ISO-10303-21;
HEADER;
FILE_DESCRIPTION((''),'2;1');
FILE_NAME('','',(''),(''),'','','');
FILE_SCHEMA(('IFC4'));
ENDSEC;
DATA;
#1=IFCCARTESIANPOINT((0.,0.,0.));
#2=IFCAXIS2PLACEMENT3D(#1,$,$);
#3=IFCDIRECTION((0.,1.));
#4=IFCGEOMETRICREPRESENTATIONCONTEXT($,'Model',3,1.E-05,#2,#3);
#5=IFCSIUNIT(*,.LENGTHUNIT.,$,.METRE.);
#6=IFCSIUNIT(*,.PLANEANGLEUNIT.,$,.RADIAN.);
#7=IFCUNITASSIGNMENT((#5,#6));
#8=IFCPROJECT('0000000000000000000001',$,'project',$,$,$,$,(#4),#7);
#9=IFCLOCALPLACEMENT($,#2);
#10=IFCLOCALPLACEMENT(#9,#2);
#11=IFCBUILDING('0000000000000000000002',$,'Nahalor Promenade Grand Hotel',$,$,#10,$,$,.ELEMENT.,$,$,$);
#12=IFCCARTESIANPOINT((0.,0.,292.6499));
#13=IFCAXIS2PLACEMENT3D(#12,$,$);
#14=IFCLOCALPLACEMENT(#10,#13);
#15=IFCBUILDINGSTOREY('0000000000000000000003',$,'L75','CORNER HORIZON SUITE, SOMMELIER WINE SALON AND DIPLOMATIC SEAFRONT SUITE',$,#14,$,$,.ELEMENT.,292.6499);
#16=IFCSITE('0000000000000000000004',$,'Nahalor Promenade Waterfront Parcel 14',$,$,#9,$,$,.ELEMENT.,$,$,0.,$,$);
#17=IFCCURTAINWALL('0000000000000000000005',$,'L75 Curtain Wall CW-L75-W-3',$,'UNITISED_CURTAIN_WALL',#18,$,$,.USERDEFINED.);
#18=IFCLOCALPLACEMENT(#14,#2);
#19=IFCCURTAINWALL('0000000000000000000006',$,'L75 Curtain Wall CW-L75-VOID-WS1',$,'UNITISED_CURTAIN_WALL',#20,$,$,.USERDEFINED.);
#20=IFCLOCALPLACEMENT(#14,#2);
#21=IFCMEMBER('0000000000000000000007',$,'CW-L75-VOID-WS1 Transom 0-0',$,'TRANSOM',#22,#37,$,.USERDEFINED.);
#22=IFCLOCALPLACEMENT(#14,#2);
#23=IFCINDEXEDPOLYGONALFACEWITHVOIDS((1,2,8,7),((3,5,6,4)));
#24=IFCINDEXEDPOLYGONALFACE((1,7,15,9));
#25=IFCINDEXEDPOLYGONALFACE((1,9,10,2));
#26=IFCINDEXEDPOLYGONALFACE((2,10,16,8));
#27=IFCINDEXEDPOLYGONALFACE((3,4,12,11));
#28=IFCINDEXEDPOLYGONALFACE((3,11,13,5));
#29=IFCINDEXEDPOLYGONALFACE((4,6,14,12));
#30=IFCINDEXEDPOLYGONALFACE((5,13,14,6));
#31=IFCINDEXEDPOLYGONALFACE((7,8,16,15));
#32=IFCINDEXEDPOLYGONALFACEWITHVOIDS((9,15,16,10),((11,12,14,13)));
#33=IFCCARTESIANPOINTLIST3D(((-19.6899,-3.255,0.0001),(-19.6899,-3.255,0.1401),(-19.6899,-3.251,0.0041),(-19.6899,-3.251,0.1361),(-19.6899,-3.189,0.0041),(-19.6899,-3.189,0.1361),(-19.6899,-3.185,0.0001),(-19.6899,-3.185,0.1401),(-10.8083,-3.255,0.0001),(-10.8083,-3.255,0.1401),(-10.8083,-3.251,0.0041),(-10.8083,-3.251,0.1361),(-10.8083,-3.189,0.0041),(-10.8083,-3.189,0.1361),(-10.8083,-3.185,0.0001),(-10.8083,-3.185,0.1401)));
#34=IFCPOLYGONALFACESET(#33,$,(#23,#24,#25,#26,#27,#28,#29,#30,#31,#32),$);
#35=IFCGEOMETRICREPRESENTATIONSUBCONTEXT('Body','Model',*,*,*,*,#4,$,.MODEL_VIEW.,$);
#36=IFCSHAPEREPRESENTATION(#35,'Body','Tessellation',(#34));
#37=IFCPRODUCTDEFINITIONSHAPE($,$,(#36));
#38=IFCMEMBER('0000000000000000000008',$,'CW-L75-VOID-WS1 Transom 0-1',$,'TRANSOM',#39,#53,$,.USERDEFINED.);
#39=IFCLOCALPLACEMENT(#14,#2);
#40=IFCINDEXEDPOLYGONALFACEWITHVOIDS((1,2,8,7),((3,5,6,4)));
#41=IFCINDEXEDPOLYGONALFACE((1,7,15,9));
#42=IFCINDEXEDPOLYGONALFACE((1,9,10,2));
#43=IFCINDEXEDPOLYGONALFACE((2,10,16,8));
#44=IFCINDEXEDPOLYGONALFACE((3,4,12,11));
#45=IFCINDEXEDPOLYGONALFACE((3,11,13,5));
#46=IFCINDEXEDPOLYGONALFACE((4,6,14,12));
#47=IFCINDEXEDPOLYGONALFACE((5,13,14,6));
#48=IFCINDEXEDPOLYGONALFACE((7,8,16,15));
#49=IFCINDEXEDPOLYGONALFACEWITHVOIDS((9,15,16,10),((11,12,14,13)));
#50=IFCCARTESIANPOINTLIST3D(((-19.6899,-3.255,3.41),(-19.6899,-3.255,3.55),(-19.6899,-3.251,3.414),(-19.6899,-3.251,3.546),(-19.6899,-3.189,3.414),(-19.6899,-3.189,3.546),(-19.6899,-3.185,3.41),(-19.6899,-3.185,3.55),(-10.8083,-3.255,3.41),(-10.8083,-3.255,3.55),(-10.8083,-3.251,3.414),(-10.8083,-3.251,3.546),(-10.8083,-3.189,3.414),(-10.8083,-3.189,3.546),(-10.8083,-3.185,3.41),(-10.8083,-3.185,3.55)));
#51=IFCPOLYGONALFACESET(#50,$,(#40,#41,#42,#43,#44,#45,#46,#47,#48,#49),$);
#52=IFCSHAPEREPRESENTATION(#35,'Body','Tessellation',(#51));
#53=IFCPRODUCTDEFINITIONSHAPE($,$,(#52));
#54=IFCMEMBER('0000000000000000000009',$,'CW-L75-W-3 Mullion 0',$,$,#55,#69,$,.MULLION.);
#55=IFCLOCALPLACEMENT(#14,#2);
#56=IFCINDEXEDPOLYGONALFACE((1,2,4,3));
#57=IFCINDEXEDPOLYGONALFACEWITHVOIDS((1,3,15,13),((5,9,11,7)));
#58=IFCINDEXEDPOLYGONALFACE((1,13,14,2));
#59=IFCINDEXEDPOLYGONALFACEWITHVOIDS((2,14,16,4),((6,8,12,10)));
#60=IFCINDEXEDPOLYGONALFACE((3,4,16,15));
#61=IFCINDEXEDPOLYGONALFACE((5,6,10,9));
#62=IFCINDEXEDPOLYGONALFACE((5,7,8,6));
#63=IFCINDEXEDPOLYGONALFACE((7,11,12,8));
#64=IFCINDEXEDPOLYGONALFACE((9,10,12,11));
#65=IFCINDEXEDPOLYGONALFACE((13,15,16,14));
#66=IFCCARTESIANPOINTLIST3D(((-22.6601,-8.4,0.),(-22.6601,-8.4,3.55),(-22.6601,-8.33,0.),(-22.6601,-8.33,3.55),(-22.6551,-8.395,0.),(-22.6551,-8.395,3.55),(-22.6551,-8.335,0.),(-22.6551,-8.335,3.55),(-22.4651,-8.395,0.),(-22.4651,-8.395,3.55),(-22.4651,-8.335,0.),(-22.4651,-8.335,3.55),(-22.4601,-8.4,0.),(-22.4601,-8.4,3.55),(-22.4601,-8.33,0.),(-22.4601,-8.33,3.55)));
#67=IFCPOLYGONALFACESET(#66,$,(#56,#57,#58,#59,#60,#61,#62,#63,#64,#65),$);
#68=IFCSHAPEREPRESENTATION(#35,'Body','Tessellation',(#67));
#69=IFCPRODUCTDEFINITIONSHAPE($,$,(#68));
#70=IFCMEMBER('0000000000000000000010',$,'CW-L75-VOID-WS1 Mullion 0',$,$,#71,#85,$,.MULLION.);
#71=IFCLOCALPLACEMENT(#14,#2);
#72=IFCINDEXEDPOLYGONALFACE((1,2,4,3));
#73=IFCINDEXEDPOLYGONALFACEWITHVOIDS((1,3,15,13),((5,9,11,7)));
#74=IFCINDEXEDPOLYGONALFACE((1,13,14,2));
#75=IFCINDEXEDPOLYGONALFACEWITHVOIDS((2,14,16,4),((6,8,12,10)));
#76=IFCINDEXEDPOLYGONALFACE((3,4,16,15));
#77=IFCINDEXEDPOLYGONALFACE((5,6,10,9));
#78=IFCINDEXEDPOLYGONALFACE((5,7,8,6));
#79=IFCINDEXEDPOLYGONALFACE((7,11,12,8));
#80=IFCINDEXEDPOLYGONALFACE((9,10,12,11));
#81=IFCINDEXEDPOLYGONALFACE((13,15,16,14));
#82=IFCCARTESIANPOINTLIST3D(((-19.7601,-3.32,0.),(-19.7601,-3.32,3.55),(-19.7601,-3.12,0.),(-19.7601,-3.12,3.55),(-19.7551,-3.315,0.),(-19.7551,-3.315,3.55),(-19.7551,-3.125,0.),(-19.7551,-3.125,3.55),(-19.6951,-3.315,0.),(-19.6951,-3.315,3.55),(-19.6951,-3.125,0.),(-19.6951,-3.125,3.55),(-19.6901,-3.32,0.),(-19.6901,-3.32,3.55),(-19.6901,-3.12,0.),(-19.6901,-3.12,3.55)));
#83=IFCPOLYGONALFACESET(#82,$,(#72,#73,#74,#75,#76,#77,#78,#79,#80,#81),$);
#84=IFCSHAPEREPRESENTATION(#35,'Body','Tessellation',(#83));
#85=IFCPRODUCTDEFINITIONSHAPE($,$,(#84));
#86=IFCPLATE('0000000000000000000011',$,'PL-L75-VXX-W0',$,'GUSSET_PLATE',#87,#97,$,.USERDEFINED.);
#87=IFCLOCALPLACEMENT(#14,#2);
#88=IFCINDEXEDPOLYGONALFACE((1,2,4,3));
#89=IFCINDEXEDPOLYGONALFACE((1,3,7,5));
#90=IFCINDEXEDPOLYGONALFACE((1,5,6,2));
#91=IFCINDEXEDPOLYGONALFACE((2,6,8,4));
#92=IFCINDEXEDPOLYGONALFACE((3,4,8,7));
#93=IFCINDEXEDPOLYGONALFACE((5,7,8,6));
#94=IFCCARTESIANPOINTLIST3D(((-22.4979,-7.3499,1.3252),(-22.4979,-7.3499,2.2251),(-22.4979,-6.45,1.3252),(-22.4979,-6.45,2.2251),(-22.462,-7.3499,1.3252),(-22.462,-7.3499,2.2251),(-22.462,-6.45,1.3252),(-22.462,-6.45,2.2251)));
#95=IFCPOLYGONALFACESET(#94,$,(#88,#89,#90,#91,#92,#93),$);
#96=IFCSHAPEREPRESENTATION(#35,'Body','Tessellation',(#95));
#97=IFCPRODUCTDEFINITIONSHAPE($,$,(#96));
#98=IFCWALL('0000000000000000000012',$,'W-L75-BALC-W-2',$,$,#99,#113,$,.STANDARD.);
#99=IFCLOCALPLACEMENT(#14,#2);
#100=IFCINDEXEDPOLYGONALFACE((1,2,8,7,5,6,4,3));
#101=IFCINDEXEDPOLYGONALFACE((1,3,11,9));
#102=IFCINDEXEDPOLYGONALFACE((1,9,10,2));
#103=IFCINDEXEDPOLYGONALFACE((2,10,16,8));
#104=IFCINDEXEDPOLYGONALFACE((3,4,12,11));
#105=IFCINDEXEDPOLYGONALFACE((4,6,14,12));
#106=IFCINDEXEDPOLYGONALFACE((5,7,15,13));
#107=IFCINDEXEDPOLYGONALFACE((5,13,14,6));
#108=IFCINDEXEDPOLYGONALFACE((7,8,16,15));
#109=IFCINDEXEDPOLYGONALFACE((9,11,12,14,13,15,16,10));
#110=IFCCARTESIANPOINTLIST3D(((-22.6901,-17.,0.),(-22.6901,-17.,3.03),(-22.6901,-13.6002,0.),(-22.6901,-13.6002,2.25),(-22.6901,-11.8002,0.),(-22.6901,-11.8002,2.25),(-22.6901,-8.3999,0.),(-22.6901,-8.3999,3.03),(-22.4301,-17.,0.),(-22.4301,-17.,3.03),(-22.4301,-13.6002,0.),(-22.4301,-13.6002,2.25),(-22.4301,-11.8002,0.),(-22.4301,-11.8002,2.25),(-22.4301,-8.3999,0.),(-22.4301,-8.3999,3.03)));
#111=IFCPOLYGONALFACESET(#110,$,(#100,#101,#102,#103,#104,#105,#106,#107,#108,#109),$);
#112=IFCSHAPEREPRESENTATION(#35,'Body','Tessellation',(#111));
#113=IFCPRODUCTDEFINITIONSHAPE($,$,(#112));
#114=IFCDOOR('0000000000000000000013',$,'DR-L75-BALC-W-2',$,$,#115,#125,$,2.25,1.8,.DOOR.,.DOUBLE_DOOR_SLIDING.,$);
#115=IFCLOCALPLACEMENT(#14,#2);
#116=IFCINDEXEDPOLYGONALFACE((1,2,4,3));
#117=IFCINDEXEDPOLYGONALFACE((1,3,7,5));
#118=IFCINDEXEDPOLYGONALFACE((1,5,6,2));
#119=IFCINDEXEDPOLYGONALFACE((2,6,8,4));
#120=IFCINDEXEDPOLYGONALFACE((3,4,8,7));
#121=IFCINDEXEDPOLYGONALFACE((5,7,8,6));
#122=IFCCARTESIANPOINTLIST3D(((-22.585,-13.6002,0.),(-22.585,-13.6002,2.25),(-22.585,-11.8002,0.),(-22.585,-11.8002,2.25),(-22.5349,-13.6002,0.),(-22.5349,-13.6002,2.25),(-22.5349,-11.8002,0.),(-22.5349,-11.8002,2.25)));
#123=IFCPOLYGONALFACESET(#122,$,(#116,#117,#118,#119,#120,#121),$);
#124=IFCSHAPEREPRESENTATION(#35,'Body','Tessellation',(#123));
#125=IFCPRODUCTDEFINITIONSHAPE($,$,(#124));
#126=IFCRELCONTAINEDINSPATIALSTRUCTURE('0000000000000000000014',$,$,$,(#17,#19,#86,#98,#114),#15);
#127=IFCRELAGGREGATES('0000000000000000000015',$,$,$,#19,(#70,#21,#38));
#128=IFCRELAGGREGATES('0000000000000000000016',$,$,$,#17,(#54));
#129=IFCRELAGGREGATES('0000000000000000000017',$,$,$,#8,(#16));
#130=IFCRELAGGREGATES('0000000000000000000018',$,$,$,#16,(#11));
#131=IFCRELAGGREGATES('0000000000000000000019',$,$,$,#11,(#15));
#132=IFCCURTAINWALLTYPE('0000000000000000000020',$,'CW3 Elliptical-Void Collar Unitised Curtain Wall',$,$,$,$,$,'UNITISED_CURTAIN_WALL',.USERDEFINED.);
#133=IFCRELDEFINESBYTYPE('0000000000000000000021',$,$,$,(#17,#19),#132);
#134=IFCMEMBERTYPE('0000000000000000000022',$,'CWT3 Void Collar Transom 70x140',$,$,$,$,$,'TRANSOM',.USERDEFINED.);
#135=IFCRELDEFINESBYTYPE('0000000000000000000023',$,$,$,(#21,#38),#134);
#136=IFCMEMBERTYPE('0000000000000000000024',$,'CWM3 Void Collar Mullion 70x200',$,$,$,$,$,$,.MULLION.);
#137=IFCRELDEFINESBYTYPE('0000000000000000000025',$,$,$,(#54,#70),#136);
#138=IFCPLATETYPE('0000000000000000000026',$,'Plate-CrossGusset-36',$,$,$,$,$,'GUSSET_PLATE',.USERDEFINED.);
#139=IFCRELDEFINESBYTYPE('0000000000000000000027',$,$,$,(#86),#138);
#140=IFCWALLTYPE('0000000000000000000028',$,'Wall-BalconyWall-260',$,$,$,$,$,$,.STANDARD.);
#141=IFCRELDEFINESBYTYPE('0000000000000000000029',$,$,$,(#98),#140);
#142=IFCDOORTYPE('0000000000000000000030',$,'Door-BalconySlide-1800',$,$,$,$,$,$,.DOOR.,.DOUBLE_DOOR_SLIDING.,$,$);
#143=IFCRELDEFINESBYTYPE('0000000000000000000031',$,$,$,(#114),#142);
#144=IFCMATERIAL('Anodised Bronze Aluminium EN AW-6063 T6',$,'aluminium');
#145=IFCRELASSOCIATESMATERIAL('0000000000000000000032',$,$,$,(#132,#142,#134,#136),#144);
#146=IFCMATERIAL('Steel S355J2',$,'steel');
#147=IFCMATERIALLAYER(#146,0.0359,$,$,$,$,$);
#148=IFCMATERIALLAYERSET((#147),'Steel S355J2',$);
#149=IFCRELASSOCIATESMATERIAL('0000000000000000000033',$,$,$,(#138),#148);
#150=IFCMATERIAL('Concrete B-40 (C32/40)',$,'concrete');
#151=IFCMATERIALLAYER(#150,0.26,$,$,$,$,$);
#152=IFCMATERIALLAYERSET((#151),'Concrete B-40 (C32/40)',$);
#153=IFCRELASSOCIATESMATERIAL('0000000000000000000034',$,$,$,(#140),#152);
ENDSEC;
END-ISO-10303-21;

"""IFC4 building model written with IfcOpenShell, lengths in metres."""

from ifc_helpers import new_model, si_unit, direction, frame, frame_2d, origin, origin_2d, place, context, subcontext, project, spatial, rectangle, hollow_rectangle, extrude, source, transform, mapped, material, layer, layer_set, material_profile, profile_set, type_object, element, fill, aggregate, save


model = new_model("IFC4")

# Units and contexts
model_context = context("Model", 3, precision=1e-05, world=origin(), true_north=direction((0.0, 1.0)))
body_context = subcontext(model_context, "Body", "Model", "MODEL_VIEW")
ifc_project = project(units=[si_unit("LENGTHUNIT", "METRE"), si_unit("PLANEANGLEUNIT", "RADIAN")], contexts=[model_context])

# Site, building, storey
site_placement = place(None, origin())
site = spatial("IfcSite", under=ifc_project, at=site_placement, Name="Nahalor Promenade Waterfront Parcel 14", CompositionType="ELEMENT", RefElevation=0.0)
building_placement = place(site_placement, origin())
building = spatial("IfcBuilding", under=site, at=building_placement, Name="Nahalor Promenade Grand Hotel", CompositionType="ELEMENT")
storey_placement = place(building_placement, frame((0.0, 0.0, 292.6499)))
storey = spatial("IfcBuildingStorey", under=building, at=storey_placement, Name="L75", Description="CORNER HORIZON SUITE, SOMMELIER WINE SALON AND DIPLOMATIC SEAFRONT SUITE", CompositionType="ELEMENT", Elevation=292.6499)

# Curtain walls, members
ifc_material_1 = material(Name="Anodised Bronze Aluminium EN AW-6063 T6", Category="aluminium")
curtain_wall_type = type_object("IfcCurtainWallType", Name="CW3 Elliptical-Void Collar Unitised Curtain Wall", ElementType="UNITISED_CURTAIN_WALL", PredefinedType="USERDEFINED", material=ifc_material_1)
curtain_wall_1_placement = place(storey_placement, origin())
curtain_wall_1 = element("IfcCurtainWall", 1, at=curtain_wall_1_placement, inside=storey, type_object=curtain_wall_type, Name="L75 Curtain Wall CW-L75-W-3", ObjectType="UNITISED_CURTAIN_WALL", PredefinedType="USERDEFINED")
ifc_material_profile_1 = material_profile(ifc_material_1, hollow_rectangle(XDim=0.07, YDim=0.14, WallThickness=0.004, at=origin_2d()), Name="CWT 70x140x4")
ifc_profile_set_1 = profile_set([ifc_material_profile_1], Name="Anodised Bronze Aluminium EN AW-6063 T6")
member_type_1 = type_object("IfcMemberType", Name="CWT3 Void Collar Transom 70x140", ElementType="TRANSOM", PredefinedType="USERDEFINED", material=ifc_profile_set_1)
curtain_wall_2_placement = place(storey_placement, origin())
curtain_wall_2 = element("IfcCurtainWall", 2, at=curtain_wall_2_placement, inside=storey, type_object=curtain_wall_type, Name="L75 Curtain Wall CW-L75-VOID-WS1", ObjectType="UNITISED_CURTAIN_WALL", PredefinedType="USERDEFINED")
shared_shape_1 = source(origin(), body_context, "Body", "SweptSolid", [
    extrude(hollow_rectangle(XDim=0.07, YDim=0.14, WallThickness=0.004, at=origin_2d()), origin(), (0.0, 0.0, 1.0), 8.8816),
])
member_1_placement = place(storey_placement, frame((-19.6899, -3.22, 0.0701), z_axis=(1.0, 0.0, 0.0), x_axis=(0.0, 1.0, 0.0)))
member_1 = element("IfcMember", 3, at=member_1_placement, type_object=member_type_1, Name="CW-L75-VOID-WS1 Transom 0-0", ObjectType="TRANSOM", PredefinedType="USERDEFINED", context=body_context, shape_type="MappedRepresentation", body=[
    mapped(shared_shape_1, transform((0.0, 0.0, 0.0), scale=1.0)),
])
member_2_placement = place(storey_placement, frame((-19.6899, -3.22, 3.48), z_axis=(1.0, 0.0, 0.0), x_axis=(0.0, 1.0, 0.0)))
member_2 = element("IfcMember", 4, at=member_2_placement, type_object=member_type_1, Name="CW-L75-VOID-WS1 Transom 0-1", ObjectType="TRANSOM", PredefinedType="USERDEFINED", context=body_context, shape_type="MappedRepresentation", body=[
    mapped(shared_shape_1, transform((0.0, 0.0, 0.0), scale=1.0)),
])

# Members
ifc_material_profile_2 = material_profile(ifc_material_1, hollow_rectangle(XDim=0.07, YDim=0.2, WallThickness=0.005, at=origin_2d()), Name="CWM 70x200x5")
ifc_profile_set_2 = profile_set([ifc_material_profile_2], Name="Anodised Bronze Aluminium EN AW-6063 T6")
member_type_2 = type_object("IfcMemberType", Name="CWM3 Void Collar Mullion 70x200", PredefinedType="MULLION", material=ifc_profile_set_2)
shared_shape_2 = source(origin(), body_context, "Body", "SweptSolid", [
    extrude(hollow_rectangle(XDim=0.07, YDim=0.2, WallThickness=0.005, at=origin_2d()), origin(), (0.0, 0.0, 1.0), 3.55),
])
member_3_placement = place(storey_placement, frame((-22.5601, -8.365, 0.0), z_axis=(0.0, 0.0, 1.0), x_axis=(0.0, 1.0, 0.0)))
member_3 = element("IfcMember", 5, at=member_3_placement, type_object=member_type_2, Name="CW-L75-W-3 Mullion 0", PredefinedType="MULLION", context=body_context, shape_type="MappedRepresentation", body=[
    mapped(shared_shape_2, transform((0.0, 0.0, 0.0), scale=1.0)),
])
member_4_placement = place(storey_placement, frame((-19.7251, -3.22, 0.0), z_axis=(0.0, 0.0, 1.0), x_axis=(1.0, 0.0, 0.0)))
member_4 = element("IfcMember", 6, at=member_4_placement, type_object=member_type_2, Name="CW-L75-VOID-WS1 Mullion 0", PredefinedType="MULLION", context=body_context, shape_type="MappedRepresentation", body=[
    mapped(shared_shape_2, transform((0.0, 0.0, 0.0), scale=1.0)),
])
aggregate(curtain_wall_2, [member_4, member_1, member_2])

# Plate
aggregate(curtain_wall_1, [member_3])
ifc_material_2 = material(Name="Steel S355J2", Category="steel")
ifc_layer_1 = layer(ifc_material_2, 0.0359)
ifc_layer_set_1 = layer_set([ifc_layer_1], Name="Steel S355J2")
plate_type_1 = type_object("IfcPlateType", Name="Plate-CrossGusset-36", ElementType="GUSSET_PLATE", PredefinedType="USERDEFINED", material=ifc_layer_set_1)
shared_shape_3 = source(origin(), body_context, "Body", "SweptSolid", [
    extrude(rectangle(XDim=0.8999, YDim=0.0359, at=origin_2d()), origin(), (0.0, 0.0, 1.0), 0.8999),
])
plate_1_placement = place(storey_placement, frame((-22.48, -6.8999, 1.3252), z_axis=(0.0, 0.0, 1.0), x_axis=(0.0, 1.0, 0.0)))
element("IfcPlate", 7, at=plate_1_placement, inside=storey, type_object=plate_type_1, Name="PL-L75-VXX-W0", ObjectType="GUSSET_PLATE", PredefinedType="USERDEFINED", context=body_context, shape_type="MappedRepresentation", body=[
    mapped(shared_shape_3, transform((0.0, 0.0, 0.0), scale=1.0)),
])

# Wall, opening, door
ifc_material_3 = material(Name="Concrete B-40 (C32/40)", Category="concrete")
ifc_layer_2 = layer(ifc_material_3, 0.26)
ifc_layer_set_2 = layer_set([ifc_layer_2], Name="Concrete B-40 (C32/40)")
wall_type_1 = type_object("IfcWallType", Name="Wall-BalconyWall-260", PredefinedType="STANDARD", material=ifc_layer_set_2)
shared_shape_4 = source(origin(), body_context, "Body", "SweptSolid", [
    extrude(rectangle(XDim=8.6001, YDim=0.26, at=frame_2d((4.3, 0.0))), origin(), (0.0, 0.0, 1.0), 3.03),
])
wall_1_placement = place(storey_placement, frame((-22.5601, -17.0, 0.0), z_axis=(0.0, 0.0, 1.0), x_axis=(0.0, 1.0, 0.0)))
wall_1 = element("IfcWall", 8, at=wall_1_placement, inside=storey, type_object=wall_type_1, Name="W-L75-BALC-W-2", PredefinedType="STANDARD", context=body_context, shape_type="MappedRepresentation", body=[
    mapped(shared_shape_4, transform((0.0, 0.0, 0.0), scale=1.0)),
])
opening_1_placement = place(wall_1_placement, frame((3.3999, 0.0, 0.0)))
opening_1 = element("IfcOpeningElement", 9, at=opening_1_placement, cuts=wall_1, PredefinedType="OPENING", context=body_context, shape_type="SweptSolid", body=[
    extrude(rectangle(XDim=1.8, YDim=2.25, at=frame_2d((0.8999, 1.125))), frame((0.0, 0.1399, 0.0), z_axis=(0.0, -1.0, 0.0), x_axis=(1.0, 0.0, 0.0)), (0.0, 0.0, 1.0), 0.28),
])
door_type_1 = type_object("IfcDoorType", Name="Door-BalconySlide-1800", OperationType="DOUBLE_DOOR_SLIDING", PredefinedType="DOOR", material=ifc_material_1)
shared_shape_5 = source(origin(), body_context, "Body", "SweptSolid", [
    extrude(rectangle(XDim=1.8, YDim=2.25, at=frame_2d((0.8999, 1.125))), frame((0.0, 0.0249, 0.0), z_axis=(0.0, -1.0, 0.0), x_axis=(1.0, 0.0, 0.0)), (0.0, 0.0, 1.0), 0.05),
])
door_1_placement = place(opening_1_placement, origin())
door_1 = element("IfcDoor", 10, at=door_1_placement, inside=storey, type_object=door_type_1, Name="DR-L75-BALC-W-2", OperationType="DOUBLE_DOOR_SLIDING", OverallHeight=2.25, OverallWidth=1.8, PredefinedType="DOOR", context=body_context, shape_type="MappedRepresentation", body=[
    mapped(shared_shape_5, transform((0.0, 0.0, 0.0), scale=1.0)),
])
fill(opening_1, door_1)

save(model, "model.ifc")
